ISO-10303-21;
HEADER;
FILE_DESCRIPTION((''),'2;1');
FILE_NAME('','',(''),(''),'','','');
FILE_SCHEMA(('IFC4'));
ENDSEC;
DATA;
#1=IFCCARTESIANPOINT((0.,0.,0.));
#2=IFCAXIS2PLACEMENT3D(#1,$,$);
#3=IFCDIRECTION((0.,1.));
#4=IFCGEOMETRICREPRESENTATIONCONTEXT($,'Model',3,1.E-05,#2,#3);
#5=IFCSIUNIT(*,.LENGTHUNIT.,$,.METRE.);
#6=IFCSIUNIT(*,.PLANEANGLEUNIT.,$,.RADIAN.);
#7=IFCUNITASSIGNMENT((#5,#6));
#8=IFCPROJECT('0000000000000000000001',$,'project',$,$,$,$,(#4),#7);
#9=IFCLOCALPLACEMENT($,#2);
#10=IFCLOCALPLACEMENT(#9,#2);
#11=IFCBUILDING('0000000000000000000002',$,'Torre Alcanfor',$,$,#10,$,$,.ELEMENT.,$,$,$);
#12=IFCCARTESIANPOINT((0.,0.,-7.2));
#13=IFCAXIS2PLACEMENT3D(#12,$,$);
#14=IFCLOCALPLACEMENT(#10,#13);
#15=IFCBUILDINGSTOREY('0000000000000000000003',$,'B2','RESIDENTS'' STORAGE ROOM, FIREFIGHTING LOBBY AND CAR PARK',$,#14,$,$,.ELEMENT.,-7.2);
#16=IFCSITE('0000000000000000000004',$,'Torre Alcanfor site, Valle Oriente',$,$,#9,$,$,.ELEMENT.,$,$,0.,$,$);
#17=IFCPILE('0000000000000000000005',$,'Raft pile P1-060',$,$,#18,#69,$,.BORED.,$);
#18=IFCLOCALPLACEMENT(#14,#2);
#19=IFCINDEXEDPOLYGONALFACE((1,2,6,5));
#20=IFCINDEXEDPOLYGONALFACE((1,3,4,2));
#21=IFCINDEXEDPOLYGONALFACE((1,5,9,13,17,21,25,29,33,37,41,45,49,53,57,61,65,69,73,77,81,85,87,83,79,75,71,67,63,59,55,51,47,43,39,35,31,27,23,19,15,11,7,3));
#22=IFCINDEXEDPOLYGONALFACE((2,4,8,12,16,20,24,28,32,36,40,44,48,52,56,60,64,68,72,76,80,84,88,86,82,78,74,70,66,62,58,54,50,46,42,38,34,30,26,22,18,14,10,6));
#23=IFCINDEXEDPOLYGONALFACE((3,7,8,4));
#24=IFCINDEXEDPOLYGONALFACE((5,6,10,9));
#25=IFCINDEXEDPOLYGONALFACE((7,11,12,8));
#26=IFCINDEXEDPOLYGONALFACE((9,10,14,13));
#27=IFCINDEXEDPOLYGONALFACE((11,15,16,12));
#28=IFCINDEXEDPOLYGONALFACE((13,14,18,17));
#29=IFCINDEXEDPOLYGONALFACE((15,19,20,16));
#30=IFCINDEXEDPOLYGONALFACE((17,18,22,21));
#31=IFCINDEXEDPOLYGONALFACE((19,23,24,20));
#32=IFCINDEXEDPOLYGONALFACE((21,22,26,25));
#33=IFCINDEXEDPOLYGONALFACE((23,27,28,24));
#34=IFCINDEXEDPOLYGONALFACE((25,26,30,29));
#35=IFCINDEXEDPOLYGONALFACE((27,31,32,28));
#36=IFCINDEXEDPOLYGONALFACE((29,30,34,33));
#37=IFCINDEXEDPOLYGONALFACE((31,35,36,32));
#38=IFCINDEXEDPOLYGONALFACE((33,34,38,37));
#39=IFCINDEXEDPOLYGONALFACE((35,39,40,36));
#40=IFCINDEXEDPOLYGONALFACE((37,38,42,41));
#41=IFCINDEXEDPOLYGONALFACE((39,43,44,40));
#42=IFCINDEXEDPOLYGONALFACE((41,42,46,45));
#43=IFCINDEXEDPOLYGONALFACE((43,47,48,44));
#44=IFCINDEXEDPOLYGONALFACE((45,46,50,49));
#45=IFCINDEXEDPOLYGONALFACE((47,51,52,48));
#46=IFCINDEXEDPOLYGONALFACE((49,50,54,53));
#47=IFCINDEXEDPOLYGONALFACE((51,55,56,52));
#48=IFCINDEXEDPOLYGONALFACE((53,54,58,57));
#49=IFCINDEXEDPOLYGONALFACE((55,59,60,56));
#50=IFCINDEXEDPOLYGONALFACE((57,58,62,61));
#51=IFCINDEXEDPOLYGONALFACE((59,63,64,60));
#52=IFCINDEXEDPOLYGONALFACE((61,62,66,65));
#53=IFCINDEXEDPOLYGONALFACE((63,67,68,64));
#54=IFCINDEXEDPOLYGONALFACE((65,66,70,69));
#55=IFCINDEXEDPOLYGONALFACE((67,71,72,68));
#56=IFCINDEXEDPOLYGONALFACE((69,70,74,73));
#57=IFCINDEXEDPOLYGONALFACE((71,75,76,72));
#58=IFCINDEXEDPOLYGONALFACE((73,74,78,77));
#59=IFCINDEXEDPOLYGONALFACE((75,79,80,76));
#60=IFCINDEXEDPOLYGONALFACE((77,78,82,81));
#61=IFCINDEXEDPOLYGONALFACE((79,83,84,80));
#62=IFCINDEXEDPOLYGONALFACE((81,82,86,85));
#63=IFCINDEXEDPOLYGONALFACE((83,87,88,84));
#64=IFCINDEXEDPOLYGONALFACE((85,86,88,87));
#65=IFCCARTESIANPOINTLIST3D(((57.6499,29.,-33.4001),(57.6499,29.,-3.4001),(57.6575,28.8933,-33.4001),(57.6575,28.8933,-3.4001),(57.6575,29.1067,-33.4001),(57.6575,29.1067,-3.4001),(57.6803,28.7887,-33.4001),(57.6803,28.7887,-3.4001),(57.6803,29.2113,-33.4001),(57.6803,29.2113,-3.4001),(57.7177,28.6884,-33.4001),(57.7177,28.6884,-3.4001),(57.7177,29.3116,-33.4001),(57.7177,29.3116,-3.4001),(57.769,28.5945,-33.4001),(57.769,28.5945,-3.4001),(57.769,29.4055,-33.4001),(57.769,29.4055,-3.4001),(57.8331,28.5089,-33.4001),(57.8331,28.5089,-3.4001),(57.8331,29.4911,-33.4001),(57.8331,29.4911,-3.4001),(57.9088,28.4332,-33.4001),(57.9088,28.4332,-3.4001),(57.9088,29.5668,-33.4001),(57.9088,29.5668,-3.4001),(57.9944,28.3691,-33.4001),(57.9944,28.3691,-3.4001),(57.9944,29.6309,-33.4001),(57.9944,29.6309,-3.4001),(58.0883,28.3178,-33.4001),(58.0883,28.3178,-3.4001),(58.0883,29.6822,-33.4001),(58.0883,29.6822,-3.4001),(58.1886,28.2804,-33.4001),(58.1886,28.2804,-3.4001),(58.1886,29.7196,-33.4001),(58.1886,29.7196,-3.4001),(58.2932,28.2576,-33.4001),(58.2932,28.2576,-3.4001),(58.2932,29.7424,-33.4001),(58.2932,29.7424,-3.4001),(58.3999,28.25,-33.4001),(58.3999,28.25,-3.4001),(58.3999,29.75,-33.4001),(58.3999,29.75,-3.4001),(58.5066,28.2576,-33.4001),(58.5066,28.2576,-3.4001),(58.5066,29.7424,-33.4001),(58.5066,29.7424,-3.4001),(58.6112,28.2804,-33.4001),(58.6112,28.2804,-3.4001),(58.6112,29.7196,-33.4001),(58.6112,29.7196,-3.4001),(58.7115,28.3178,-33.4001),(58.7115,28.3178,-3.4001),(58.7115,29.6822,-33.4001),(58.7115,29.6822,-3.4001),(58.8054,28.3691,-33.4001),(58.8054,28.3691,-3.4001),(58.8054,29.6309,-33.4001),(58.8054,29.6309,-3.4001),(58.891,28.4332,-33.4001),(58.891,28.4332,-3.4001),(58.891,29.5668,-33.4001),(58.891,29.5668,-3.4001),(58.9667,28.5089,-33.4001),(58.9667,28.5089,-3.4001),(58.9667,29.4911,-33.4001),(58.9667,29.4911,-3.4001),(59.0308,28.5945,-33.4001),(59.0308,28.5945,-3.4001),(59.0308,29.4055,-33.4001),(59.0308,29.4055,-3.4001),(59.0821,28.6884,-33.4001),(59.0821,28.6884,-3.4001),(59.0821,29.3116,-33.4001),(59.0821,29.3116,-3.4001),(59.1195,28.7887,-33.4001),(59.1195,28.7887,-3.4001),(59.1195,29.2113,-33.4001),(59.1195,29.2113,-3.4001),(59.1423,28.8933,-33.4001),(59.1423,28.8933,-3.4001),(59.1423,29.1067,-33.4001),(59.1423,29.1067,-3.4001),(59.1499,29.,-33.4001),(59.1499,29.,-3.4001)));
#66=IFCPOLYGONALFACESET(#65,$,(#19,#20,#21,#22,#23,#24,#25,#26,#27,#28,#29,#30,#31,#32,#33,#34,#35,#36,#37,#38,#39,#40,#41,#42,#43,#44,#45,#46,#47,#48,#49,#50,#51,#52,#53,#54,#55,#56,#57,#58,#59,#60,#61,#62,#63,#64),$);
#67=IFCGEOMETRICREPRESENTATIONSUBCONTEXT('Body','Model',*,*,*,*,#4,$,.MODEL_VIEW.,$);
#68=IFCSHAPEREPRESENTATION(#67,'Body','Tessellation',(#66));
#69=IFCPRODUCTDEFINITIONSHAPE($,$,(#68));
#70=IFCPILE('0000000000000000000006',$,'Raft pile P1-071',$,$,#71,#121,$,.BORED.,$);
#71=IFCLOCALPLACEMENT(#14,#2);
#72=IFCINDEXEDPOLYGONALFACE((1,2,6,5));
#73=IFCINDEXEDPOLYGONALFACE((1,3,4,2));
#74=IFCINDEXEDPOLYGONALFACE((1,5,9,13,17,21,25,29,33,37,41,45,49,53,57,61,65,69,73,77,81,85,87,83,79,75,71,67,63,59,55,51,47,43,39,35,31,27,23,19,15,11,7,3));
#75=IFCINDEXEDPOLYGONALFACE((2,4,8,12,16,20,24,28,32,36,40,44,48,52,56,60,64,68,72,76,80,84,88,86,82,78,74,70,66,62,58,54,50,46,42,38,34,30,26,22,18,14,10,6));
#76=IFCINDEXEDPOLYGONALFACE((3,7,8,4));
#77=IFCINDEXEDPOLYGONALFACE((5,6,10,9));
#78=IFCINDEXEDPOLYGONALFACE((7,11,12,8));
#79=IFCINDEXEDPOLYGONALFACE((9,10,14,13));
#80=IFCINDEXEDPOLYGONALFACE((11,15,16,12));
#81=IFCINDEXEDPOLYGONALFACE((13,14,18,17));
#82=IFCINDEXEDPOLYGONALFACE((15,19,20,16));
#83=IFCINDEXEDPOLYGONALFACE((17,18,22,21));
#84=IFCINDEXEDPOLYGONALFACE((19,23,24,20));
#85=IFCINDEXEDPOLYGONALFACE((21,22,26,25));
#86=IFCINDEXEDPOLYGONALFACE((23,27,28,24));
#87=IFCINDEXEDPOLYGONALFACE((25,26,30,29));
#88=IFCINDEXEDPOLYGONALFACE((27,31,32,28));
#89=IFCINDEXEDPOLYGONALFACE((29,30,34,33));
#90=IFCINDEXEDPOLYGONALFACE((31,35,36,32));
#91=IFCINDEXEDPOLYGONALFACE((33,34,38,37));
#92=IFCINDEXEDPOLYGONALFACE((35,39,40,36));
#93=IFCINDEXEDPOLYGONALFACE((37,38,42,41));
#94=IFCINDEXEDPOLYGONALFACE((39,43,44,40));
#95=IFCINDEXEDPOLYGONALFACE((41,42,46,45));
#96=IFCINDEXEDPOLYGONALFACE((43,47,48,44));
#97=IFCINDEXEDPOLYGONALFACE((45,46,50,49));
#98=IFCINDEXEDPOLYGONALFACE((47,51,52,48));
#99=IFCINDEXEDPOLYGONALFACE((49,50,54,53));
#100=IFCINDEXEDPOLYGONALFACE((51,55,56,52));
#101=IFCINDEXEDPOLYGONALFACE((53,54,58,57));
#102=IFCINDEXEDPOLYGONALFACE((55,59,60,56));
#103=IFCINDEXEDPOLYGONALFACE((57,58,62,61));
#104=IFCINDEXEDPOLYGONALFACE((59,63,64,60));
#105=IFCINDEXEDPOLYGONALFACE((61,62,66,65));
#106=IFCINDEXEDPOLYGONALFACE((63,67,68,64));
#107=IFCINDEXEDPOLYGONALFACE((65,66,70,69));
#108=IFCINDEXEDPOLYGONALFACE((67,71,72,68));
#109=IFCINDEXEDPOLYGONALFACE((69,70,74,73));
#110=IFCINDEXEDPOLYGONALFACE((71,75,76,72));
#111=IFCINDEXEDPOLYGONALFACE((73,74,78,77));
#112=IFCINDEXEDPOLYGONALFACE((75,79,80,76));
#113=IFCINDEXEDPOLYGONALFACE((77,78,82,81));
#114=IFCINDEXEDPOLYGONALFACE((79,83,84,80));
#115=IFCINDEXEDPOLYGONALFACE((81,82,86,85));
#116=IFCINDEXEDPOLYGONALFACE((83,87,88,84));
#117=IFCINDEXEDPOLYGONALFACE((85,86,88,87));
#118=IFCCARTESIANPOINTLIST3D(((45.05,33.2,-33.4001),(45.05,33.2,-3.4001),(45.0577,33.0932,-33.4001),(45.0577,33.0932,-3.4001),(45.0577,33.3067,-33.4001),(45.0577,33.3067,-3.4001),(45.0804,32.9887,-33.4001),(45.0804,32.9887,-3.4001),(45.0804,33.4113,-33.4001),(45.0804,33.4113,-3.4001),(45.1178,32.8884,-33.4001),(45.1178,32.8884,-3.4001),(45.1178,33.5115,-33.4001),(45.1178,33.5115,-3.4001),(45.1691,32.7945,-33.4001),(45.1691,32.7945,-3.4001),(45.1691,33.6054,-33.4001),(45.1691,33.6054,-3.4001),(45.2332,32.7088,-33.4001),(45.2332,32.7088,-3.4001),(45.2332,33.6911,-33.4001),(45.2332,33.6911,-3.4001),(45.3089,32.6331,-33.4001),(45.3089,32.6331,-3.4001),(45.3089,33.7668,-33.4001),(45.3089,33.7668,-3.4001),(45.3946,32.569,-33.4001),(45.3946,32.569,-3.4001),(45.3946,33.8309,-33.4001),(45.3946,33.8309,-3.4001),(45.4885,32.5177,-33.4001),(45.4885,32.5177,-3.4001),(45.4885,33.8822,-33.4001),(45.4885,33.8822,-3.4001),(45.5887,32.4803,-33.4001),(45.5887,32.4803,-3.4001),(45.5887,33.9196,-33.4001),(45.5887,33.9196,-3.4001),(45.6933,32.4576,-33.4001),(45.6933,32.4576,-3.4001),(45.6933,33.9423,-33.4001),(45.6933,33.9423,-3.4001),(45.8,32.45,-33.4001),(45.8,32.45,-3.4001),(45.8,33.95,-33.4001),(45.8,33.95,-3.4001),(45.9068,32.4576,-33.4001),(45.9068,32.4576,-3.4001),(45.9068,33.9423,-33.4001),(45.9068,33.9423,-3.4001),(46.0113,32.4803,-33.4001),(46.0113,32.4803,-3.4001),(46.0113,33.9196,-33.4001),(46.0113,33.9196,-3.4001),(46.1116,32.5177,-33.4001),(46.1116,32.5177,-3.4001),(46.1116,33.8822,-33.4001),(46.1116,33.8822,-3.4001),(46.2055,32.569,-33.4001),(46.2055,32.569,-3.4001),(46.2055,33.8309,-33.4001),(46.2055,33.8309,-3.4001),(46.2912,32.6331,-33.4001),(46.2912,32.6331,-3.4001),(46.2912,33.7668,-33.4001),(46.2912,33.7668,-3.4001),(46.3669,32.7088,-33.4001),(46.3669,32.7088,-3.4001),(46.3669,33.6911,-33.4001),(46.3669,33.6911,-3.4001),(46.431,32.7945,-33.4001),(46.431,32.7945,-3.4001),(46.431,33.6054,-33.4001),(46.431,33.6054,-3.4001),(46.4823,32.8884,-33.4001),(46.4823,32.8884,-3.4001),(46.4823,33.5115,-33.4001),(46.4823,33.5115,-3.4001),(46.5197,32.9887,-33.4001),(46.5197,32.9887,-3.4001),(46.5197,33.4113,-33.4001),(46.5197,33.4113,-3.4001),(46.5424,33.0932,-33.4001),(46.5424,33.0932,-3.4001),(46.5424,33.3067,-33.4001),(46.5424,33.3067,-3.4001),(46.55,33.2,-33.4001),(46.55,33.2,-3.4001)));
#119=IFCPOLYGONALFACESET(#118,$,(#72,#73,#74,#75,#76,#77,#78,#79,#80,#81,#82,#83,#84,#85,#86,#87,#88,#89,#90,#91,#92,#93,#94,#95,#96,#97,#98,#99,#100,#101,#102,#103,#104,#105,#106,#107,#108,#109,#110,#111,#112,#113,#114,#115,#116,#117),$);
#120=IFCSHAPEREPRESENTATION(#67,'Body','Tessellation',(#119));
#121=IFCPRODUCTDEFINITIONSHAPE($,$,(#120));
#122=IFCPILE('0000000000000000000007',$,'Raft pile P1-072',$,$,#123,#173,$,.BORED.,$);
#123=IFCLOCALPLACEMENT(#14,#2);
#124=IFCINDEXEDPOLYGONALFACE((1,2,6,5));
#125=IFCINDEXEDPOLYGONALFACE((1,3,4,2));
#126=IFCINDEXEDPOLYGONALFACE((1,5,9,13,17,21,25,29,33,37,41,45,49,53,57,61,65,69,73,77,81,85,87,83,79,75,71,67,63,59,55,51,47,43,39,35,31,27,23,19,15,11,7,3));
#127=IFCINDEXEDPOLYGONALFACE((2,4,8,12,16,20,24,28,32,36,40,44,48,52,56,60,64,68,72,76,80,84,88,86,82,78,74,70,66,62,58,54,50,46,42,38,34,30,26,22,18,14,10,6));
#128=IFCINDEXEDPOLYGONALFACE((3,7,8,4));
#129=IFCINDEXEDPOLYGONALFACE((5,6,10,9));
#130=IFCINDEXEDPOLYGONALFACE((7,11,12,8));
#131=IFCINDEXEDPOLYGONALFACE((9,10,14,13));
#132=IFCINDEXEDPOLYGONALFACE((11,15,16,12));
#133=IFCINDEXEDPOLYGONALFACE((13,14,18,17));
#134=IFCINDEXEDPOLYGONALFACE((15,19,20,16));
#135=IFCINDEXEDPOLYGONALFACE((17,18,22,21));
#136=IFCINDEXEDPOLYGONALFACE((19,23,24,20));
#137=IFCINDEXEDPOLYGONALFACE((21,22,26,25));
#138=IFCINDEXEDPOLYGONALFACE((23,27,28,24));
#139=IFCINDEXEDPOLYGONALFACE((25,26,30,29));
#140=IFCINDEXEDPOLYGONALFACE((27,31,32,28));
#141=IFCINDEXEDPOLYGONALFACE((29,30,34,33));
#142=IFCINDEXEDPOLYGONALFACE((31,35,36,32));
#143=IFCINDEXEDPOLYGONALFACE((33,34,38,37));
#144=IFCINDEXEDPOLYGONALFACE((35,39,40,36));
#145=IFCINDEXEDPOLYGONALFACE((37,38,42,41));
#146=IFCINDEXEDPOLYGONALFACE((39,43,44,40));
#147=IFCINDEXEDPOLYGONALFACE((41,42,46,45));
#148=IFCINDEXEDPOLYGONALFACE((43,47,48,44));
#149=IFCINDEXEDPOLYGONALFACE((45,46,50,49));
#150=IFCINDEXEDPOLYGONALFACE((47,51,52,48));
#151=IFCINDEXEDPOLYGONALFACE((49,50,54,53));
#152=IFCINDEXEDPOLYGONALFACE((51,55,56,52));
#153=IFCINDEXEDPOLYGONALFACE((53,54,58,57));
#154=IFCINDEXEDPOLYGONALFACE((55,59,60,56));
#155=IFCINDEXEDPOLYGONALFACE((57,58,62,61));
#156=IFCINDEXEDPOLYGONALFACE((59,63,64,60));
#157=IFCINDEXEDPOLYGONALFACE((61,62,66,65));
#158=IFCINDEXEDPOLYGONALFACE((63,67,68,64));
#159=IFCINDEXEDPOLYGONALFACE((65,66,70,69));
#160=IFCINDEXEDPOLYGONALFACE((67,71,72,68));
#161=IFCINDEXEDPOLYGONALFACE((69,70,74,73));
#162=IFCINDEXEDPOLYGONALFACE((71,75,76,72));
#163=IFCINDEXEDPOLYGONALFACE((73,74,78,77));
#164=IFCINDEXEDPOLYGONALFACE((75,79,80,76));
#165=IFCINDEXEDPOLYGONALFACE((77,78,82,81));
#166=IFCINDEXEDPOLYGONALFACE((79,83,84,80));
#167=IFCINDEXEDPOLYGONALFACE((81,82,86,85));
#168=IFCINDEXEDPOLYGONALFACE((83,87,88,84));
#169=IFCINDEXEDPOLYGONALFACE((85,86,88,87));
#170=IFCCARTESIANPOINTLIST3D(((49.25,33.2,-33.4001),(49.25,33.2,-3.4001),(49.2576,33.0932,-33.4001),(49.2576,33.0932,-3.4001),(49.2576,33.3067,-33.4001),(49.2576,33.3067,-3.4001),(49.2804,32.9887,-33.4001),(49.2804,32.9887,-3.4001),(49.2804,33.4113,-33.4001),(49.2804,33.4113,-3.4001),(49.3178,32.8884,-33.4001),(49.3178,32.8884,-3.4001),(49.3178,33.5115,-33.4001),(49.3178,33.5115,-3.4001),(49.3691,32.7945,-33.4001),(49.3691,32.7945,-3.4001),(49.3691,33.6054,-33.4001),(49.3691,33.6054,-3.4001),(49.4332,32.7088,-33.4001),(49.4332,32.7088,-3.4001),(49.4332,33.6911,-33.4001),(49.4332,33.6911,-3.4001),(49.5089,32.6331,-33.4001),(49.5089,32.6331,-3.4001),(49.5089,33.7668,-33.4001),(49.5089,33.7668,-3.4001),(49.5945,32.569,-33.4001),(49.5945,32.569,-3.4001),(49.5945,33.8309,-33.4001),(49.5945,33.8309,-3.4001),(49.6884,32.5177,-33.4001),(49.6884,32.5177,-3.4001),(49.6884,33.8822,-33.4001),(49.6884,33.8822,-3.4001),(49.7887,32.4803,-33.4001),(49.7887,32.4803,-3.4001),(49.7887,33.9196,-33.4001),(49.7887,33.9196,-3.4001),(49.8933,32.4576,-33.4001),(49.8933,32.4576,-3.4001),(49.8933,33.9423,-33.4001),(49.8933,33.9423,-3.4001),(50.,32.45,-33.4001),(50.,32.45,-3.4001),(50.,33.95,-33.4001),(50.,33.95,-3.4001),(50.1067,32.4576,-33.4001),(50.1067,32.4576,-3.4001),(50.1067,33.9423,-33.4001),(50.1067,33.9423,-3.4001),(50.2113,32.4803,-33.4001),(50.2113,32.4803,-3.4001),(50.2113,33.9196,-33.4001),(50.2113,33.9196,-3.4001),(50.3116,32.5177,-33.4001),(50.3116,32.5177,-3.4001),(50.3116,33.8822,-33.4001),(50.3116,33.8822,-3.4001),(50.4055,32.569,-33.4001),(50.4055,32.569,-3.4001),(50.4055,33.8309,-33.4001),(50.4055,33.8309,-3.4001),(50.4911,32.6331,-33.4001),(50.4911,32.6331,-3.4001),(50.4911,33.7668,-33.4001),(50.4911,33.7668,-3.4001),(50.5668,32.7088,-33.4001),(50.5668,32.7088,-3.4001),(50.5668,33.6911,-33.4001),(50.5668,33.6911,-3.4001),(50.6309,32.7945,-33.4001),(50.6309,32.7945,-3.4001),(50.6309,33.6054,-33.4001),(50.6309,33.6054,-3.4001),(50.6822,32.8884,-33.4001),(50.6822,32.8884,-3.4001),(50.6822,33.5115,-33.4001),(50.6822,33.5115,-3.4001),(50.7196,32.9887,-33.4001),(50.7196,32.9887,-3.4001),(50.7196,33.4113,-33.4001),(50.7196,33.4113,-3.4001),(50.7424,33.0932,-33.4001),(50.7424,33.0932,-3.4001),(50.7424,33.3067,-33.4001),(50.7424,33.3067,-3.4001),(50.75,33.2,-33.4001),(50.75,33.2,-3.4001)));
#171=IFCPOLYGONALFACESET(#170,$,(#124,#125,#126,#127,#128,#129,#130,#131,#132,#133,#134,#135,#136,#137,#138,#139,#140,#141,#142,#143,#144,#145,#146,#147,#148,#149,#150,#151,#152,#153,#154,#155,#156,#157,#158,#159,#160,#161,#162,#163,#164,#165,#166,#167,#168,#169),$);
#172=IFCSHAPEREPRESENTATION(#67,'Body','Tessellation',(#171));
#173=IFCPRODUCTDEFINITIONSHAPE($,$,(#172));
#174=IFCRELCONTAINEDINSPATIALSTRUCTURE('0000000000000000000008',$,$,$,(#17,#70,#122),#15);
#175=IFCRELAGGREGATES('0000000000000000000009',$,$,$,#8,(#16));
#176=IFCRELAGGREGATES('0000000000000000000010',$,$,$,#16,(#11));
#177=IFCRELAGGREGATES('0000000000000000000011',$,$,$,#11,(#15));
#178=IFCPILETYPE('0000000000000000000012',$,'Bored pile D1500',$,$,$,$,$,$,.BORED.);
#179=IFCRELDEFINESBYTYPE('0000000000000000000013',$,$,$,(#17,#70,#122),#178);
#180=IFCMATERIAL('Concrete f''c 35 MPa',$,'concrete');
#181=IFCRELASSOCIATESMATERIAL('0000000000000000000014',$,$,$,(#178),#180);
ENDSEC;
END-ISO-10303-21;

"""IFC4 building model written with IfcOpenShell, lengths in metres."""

from ifc_helpers import new_model, si_unit, direction, frame, origin, origin_2d, place, context, subcontext, project, spatial, circle, extrude, material, material_profile, profile_set, type_object, element, save


model = new_model("IFC4")

# Units and contexts
model_context = context("Model", 3, precision=1e-05, world=origin(), true_north=direction((0.0, 1.0)))
body_context = subcontext(model_context, "Body", "Model", "MODEL_VIEW")
ifc_project = project(units=[si_unit("LENGTHUNIT", "METRE"), si_unit("PLANEANGLEUNIT", "RADIAN")], contexts=[model_context])

# Site, building, storey
site_placement = place(None, origin())
site = spatial("IfcSite", under=ifc_project, at=site_placement, Name="Torre Alcanfor site, Valle Oriente", CompositionType="ELEMENT", RefElevation=0.0)
building_placement = place(site_placement, origin())
building = spatial("IfcBuilding", under=site, at=building_placement, Name="Torre Alcanfor", CompositionType="ELEMENT")
storey_placement = place(building_placement, frame((0.0, 0.0, -7.2)))
storey = spatial("IfcBuildingStorey", under=building, at=storey_placement, Name="B2", Description="RESIDENTS' STORAGE ROOM, FIREFIGHTING LOBBY AND CAR PARK", CompositionType="ELEMENT", Elevation=-7.2)

# Piles
ifc_material_1 = material(Name="Concrete f'c 35 MPa", Category="concrete")
ifc_material_profile_1 = material_profile(ifc_material_1, circle(Radius=0.75, at=origin_2d()), Name="D1500")
ifc_profile_set_1 = profile_set([ifc_material_profile_1], Name="Concrete f'c 35 MPa")
pile_type = type_object("IfcPileType", Name="Bored pile D1500", PredefinedType="BORED", material=ifc_profile_set_1)
for number, where, z_axis, x_axis, name in (
    (1, (58.3999, 29.0, -3.4001), (0.0, 0.0, -1.0), (1.0, 0.0, 0.0), "Raft pile P1-060"),
    (2, (45.8, 33.2, -3.4001), (0.0, 0.0, -1.0), (1.0, 0.0, 0.0), "Raft pile P1-071"),
    (3, (50.0, 33.2, -3.4001), (0.0, 0.0, -1.0), (1.0, 0.0, 0.0), "Raft pile P1-072"),
):
    element("IfcPile", number, at=place(storey_placement, frame(where, z_axis=z_axis, x_axis=x_axis)), inside=storey, type_object=pile_type, Name=name, PredefinedType="BORED", context=body_context, shape_type="SweptSolid", body=[
        extrude(circle(Radius=0.75, at=origin_2d()), origin(), (0.0, 0.0, 1.0), 30.0),
    ])

save(model, "model.ifc")
